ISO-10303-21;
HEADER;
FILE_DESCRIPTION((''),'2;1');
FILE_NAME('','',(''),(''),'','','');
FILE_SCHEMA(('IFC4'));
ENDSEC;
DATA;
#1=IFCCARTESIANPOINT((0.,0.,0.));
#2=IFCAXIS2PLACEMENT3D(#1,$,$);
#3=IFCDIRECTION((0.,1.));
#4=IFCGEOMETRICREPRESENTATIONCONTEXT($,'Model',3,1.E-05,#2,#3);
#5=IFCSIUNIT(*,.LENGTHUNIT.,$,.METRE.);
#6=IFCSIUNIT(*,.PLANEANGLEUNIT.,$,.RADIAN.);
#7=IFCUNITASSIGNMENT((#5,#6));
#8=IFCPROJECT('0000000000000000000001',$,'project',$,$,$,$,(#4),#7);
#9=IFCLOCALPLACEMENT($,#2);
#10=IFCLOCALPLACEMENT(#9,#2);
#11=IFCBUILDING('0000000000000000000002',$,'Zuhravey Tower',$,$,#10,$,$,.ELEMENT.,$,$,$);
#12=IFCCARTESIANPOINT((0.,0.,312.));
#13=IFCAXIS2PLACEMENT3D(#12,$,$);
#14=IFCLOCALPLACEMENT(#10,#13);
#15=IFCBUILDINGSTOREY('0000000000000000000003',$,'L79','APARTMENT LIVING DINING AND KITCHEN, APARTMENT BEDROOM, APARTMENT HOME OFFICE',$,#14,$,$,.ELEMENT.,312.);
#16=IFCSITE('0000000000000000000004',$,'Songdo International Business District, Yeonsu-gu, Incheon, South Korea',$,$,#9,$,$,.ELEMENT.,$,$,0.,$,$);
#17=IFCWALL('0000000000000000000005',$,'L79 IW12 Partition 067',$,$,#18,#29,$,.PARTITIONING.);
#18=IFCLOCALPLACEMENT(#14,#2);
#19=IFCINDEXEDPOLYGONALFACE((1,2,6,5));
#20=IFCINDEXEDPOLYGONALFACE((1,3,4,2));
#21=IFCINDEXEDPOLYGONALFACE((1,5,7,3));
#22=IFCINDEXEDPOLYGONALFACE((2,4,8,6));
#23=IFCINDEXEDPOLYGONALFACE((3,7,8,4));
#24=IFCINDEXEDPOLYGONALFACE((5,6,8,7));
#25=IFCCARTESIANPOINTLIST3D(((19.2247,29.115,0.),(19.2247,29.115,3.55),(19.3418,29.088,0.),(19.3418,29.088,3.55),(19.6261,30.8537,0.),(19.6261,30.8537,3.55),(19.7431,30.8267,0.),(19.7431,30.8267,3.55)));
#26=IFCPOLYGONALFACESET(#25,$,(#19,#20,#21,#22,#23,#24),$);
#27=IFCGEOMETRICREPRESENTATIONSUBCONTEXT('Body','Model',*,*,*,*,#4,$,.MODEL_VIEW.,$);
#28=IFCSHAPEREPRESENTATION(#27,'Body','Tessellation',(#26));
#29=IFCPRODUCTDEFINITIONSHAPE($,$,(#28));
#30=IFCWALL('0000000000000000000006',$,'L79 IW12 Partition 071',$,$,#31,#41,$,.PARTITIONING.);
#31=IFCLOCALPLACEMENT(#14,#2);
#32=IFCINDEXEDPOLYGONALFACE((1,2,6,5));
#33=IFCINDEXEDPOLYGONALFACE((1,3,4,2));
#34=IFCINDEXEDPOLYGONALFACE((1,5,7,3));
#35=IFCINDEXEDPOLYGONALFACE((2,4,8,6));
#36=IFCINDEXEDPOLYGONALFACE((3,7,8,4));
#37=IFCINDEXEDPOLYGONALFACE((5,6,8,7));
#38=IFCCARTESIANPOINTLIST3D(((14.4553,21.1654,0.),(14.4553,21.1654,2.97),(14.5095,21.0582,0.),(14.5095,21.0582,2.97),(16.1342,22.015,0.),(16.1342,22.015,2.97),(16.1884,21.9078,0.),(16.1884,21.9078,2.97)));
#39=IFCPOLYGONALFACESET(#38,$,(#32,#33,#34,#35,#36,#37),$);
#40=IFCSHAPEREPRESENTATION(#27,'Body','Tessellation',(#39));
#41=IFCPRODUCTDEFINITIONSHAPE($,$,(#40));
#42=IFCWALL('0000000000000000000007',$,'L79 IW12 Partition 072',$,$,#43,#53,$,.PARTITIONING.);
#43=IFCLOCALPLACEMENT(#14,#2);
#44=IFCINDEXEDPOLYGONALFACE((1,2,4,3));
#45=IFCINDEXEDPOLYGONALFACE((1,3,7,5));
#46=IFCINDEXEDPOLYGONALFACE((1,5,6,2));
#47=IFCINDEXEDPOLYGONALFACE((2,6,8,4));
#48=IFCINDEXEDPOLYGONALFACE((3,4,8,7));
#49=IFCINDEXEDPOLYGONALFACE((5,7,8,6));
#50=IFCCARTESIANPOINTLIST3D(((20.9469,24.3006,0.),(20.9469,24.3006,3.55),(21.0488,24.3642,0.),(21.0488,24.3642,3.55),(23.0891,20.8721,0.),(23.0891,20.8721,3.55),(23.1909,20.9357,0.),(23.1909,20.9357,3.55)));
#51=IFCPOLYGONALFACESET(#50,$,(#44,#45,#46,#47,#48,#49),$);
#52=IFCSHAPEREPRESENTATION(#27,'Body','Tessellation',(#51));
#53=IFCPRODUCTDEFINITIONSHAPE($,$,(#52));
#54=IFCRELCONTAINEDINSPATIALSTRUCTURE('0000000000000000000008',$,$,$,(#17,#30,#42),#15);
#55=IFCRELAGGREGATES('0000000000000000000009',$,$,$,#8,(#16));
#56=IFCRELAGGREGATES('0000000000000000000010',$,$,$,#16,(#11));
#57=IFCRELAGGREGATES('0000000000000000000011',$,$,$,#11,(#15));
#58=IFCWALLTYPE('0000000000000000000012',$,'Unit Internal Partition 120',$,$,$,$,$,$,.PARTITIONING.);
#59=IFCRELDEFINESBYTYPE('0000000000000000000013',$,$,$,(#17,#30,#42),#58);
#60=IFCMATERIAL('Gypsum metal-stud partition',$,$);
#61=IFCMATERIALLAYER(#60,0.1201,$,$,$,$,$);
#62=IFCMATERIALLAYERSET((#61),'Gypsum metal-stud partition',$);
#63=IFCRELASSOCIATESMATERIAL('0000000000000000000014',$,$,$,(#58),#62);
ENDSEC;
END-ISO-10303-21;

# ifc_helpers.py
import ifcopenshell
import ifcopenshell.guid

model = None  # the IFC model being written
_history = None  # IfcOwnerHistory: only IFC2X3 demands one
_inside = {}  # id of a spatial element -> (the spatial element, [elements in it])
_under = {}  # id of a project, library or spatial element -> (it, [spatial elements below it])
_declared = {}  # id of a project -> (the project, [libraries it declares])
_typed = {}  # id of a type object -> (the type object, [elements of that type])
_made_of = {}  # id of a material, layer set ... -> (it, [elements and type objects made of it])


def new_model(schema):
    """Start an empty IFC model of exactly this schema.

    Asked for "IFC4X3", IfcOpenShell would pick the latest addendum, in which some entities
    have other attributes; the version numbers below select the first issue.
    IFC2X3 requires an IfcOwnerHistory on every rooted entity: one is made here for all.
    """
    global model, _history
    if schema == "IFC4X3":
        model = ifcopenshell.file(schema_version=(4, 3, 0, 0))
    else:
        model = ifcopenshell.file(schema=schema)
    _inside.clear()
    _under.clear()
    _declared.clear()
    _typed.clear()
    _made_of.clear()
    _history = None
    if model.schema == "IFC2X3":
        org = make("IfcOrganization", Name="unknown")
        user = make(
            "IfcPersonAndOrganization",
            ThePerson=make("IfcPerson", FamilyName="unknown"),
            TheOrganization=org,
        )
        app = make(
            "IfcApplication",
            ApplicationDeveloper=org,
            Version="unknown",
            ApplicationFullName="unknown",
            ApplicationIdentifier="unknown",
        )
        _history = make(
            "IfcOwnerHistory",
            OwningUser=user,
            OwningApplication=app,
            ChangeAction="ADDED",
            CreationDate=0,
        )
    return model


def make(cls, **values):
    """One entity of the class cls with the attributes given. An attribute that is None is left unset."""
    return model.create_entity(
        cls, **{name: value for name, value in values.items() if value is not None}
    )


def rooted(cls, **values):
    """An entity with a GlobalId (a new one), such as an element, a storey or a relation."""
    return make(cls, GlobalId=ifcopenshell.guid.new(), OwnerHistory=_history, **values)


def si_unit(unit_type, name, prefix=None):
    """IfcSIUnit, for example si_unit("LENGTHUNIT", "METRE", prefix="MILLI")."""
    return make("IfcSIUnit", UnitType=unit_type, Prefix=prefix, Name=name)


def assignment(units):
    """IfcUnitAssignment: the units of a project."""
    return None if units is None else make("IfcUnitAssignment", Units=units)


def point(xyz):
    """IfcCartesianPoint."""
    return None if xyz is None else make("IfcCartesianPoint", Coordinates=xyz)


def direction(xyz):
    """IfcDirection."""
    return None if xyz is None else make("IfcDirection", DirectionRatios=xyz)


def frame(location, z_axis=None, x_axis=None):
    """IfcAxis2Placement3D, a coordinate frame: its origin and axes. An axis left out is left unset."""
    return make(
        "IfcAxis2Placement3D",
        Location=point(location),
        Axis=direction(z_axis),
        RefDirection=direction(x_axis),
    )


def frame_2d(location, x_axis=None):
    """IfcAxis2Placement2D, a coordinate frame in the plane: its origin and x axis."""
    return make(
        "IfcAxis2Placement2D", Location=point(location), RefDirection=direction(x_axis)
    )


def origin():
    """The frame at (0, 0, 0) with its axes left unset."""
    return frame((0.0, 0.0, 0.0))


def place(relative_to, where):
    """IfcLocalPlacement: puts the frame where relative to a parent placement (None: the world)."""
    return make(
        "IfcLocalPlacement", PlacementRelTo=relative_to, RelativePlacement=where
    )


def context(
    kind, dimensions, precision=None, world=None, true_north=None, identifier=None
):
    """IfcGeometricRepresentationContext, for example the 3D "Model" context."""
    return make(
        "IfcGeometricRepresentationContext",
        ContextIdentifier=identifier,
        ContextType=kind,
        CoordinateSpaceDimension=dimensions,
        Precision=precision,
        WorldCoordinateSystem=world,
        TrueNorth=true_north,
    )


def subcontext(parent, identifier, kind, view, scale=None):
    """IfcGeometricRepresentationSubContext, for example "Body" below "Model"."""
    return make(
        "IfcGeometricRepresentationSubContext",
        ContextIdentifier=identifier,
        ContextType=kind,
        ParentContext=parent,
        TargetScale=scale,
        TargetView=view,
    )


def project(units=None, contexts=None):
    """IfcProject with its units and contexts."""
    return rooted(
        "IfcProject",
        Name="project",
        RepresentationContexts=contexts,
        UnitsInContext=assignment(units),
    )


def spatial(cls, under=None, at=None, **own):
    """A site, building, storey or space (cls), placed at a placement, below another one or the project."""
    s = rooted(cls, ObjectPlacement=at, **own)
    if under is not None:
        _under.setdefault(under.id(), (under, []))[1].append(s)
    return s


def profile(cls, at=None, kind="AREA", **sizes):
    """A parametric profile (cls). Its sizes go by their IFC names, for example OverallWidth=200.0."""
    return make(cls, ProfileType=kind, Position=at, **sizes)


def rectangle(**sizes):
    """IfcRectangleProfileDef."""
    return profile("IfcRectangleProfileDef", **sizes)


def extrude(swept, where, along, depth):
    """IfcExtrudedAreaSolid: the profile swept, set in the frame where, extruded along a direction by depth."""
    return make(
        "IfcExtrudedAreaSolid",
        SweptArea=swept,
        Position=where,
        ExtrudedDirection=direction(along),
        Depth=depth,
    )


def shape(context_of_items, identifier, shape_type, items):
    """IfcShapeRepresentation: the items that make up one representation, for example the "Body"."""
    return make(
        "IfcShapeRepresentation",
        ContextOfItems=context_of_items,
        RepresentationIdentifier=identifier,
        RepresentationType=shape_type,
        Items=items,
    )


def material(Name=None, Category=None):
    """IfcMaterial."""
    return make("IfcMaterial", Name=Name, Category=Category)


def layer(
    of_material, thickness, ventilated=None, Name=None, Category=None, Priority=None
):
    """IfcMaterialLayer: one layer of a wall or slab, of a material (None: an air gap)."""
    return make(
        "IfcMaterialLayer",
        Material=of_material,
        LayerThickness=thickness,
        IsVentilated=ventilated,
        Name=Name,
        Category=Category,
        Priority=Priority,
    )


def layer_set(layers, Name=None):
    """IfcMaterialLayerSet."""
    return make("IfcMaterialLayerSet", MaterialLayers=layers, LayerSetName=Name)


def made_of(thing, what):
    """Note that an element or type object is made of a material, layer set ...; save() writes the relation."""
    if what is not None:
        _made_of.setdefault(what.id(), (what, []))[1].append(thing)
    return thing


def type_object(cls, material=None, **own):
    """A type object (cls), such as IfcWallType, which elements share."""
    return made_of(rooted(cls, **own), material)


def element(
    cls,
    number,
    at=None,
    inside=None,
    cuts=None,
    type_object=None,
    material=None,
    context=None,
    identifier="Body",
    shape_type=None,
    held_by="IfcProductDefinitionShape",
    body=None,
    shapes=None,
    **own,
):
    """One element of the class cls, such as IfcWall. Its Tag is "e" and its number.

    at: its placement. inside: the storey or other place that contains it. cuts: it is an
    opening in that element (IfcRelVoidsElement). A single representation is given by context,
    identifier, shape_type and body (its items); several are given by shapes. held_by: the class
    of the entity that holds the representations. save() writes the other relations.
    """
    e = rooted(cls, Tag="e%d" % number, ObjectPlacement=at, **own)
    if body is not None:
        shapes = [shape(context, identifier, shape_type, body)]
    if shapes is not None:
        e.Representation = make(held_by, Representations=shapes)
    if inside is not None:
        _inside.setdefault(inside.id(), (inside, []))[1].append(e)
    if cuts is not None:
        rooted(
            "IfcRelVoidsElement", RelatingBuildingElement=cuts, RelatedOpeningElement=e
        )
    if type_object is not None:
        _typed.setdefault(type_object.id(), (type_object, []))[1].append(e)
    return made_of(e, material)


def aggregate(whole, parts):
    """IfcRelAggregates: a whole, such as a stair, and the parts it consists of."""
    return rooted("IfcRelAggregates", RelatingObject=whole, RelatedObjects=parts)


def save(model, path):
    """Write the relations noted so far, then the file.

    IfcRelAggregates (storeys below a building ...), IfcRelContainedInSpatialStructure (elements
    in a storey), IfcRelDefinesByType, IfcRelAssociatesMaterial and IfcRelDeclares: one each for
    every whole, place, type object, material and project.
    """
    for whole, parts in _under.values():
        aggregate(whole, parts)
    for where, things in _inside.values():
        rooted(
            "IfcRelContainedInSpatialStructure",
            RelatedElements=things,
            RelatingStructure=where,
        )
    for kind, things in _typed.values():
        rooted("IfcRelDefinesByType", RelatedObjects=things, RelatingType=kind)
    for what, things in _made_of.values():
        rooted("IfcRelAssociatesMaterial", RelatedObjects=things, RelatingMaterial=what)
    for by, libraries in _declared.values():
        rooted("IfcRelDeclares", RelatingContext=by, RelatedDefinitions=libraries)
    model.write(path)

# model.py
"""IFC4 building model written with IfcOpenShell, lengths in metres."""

from ifc_helpers import new_model, si_unit, direction, frame, frame_2d, origin, place, context, subcontext, project, spatial, rectangle, extrude, material, layer, layer_set, type_object, element, save


model = new_model("IFC4")

# Units and contexts
model_context = context("Model", 3, precision=1e-05, world=origin(), true_north=direction((0.0, 1.0)))
body_context = subcontext(model_context, "Body", "Model", "MODEL_VIEW")
ifc_project = project(units=[si_unit("LENGTHUNIT", "METRE"), si_unit("PLANEANGLEUNIT", "RADIAN")], contexts=[model_context])

# Site, building, storey
site_placement = place(None, origin())
site = spatial("IfcSite", under=ifc_project, at=site_placement, Name="Songdo International Business District, Yeonsu-gu, Incheon, South Korea", CompositionType="ELEMENT", RefElevation=0.0)
building_placement = place(site_placement, origin())
building = spatial("IfcBuilding", under=site, at=building_placement, Name="Zuhravey Tower", CompositionType="ELEMENT")
storey_placement = place(building_placement, frame((0.0, 0.0, 312.0)))
storey = spatial("IfcBuildingStorey", under=building, at=storey_placement, Name="L79", Description="APARTMENT LIVING DINING AND KITCHEN, APARTMENT BEDROOM, APARTMENT HOME OFFICE", CompositionType="ELEMENT", Elevation=312.0)

# Shared definitions
ifc_material_1 = material(Name="Gypsum metal-stud partition")
ifc_layer_1 = layer(ifc_material_1, 0.1201)
ifc_layer_set_1 = layer_set([ifc_layer_1], Name="Gypsum metal-stud partition")
wall_type_1 = type_object("IfcWallType", Name="Unit Internal Partition 120", PredefinedType="PARTITIONING", material=ifc_layer_set_1)

# Walls
wall_1_placement = place(storey_placement, frame((19.6846, 30.8401, 0.0), z_axis=(0.0, 0.0, 1.0), x_axis=(-0.224919, -0.974377, 0.0)))
element("IfcWall", 1, at=wall_1_placement, inside=storey, type_object=wall_type_1, Name="L79 IW12 Partition 067", PredefinedType="PARTITIONING", context=body_context, shape_type="SweptSolid", body=[
    extrude(rectangle(XDim=1.7844, YDim=0.1201, at=frame_2d((0.8921, 0.0))), origin(), (0.0, 0.0, 1.0), 3.55),
])
wall_2_placement = place(storey_placement, frame((16.1614, 21.9614, 0.0), z_axis=(0.0, 0.0, 1.0), x_axis=(-0.892263, -0.451516, 0.0)))
element("IfcWall", 2, at=wall_2_placement, inside=storey, type_object=wall_type_1, Name="L79 IW12 Partition 071", PredefinedType="PARTITIONING", context=body_context, shape_type="SweptSolid", body=[
    extrude(rectangle(XDim=1.8816, YDim=0.1201, at=frame_2d((0.9409, 0.0))), origin(), (0.0, 0.0, 1.0), 2.97),
])
wall_3_placement = place(storey_placement, frame((20.9978, 24.3325, 0.0), z_axis=(0.0, 0.0, 1.0), x_axis=(0.529874, -0.848076, 0.0)))
element("IfcWall", 3, at=wall_3_placement, inside=storey, type_object=wall_type_1, Name="L79 IW12 Partition 072", PredefinedType="PARTITIONING", context=body_context, shape_type="SweptSolid", body=[
    extrude(rectangle(XDim=4.0427, YDim=0.1201, at=frame_2d((2.0215, 0.0))), origin(), (0.0, 0.0, 1.0), 3.55),
])

save(model, "model.ifc")
